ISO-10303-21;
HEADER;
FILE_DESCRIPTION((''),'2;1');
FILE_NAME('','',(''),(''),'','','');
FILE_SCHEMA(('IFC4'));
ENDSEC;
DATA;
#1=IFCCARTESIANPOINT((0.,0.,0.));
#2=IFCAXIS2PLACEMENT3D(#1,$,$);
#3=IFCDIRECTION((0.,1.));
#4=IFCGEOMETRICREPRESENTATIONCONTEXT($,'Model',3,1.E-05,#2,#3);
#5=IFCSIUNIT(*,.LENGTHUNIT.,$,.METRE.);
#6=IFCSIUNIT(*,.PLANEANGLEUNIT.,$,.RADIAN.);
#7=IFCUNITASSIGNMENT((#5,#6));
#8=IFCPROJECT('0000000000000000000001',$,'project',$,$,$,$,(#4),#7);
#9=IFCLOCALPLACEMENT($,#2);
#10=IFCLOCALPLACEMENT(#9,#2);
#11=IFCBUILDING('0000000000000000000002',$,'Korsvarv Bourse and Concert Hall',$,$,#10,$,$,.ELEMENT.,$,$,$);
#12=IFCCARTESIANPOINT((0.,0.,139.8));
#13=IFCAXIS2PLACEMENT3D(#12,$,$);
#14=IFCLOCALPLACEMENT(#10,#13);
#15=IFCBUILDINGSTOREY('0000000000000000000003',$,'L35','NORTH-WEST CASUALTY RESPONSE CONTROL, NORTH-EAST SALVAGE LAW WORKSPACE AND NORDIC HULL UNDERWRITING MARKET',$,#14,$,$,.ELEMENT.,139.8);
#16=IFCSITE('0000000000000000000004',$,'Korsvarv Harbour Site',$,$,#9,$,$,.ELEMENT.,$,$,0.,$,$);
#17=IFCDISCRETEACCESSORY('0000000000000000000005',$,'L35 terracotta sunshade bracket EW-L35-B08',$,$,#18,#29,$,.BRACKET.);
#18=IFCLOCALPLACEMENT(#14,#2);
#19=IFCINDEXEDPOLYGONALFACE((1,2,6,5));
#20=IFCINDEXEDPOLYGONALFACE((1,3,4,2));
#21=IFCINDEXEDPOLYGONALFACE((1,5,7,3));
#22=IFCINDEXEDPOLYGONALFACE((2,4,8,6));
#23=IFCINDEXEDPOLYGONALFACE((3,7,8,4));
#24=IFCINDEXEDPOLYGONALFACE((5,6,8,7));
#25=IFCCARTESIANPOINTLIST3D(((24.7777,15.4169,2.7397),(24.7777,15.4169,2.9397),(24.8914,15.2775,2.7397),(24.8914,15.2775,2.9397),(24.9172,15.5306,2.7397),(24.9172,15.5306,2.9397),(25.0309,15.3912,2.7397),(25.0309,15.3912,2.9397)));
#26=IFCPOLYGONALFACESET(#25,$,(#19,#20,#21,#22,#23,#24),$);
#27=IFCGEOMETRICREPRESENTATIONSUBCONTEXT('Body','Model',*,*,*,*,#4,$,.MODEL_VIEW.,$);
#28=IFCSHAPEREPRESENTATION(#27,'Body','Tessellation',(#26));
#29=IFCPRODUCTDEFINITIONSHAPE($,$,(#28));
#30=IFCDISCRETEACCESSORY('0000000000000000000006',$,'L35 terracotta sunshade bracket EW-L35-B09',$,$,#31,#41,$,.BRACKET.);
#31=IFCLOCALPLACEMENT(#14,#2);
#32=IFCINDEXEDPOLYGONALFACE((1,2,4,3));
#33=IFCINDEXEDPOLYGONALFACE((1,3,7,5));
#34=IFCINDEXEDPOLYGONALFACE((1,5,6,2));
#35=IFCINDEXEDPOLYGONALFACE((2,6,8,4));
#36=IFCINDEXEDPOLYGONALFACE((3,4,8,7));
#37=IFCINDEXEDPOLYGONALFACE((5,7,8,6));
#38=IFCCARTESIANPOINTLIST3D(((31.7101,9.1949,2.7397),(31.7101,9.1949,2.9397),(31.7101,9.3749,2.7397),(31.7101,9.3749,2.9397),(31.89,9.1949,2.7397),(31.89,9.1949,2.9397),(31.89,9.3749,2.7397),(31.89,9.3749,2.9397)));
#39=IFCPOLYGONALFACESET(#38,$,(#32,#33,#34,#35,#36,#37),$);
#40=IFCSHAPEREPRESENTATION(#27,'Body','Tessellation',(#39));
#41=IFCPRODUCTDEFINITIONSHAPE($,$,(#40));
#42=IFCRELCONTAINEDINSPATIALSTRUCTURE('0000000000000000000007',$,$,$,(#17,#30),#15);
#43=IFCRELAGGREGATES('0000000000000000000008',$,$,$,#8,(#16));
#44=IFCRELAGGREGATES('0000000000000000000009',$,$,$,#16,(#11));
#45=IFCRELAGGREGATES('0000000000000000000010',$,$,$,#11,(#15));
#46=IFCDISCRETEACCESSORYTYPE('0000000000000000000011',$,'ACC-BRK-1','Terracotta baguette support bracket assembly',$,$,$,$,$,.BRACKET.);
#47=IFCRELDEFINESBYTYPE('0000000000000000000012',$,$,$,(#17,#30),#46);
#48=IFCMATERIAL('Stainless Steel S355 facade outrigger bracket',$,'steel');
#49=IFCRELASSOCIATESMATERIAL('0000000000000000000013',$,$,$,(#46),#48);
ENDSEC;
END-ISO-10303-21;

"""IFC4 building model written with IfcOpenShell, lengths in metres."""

from ifc_helpers import new_model, si_unit, direction, frame, origin, origin_2d, place, context, subcontext, project, spatial, rectangle, extrude, source, transform, mapped, material, type_object, element, save


model = new_model("IFC4")

# Units and contexts
model_context = context("Model", 3, precision=1e-05, world=origin(), true_north=direction((0.0, 1.0)))
body_context = subcontext(model_context, "Body", "Model", "MODEL_VIEW")
ifc_project = project(units=[si_unit("LENGTHUNIT", "METRE"), si_unit("PLANEANGLEUNIT", "RADIAN")], contexts=[model_context])

# Site, building, storey
site_placement = place(None, origin())
site = spatial("IfcSite", under=ifc_project, at=site_placement, Name="Korsvarv Harbour Site", CompositionType="ELEMENT", RefElevation=0.0)
building_placement = place(site_placement, origin())
building = spatial("IfcBuilding", under=site, at=building_placement, Name="Korsvarv Bourse and Concert Hall", CompositionType="ELEMENT")
storey_placement = place(building_placement, frame((0.0, 0.0, 139.8)))
storey = spatial("IfcBuildingStorey", under=building, at=storey_placement, Name="L35", Description="NORTH-WEST CASUALTY RESPONSE CONTROL, NORTH-EAST SALVAGE LAW WORKSPACE AND NORDIC HULL UNDERWRITING MARKET", CompositionType="ELEMENT", Elevation=139.8)

# Discrete accessories
ifc_material_1 = material(Name="Stainless Steel S355 facade outrigger bracket", Category="steel")
discrete_accessory_type = type_object("IfcDiscreteAccessoryType", Name="ACC-BRK-1", Description="Terracotta baguette support bracket assembly", PredefinedType="BRACKET", material=ifc_material_1)
shared_shape_1 = source(origin(), body_context, "Body", "SweptSolid", [
    extrude(rectangle(XDim=0.1799, YDim=0.1799, at=origin_2d()), origin(), (0.0, 0.0, 1.0), 0.2),
])
for number, where, z_axis, x_axis, name in (
    (1, (24.9043, 15.4041, 2.7397), (0.0, 0.0, 1.0), (0.631894, -0.775055, 0.0), "L35 terracotta sunshade bracket EW-L35-B08"),
    (2, (31.8, 9.2849, 2.7397), (0.0, 0.0, 1.0), (1.0, 0.0, 0.0), "L35 terracotta sunshade bracket EW-L35-B09"),
):
    element("IfcDiscreteAccessory", number, at=place(storey_placement, frame(where, z_axis=z_axis, x_axis=x_axis)), inside=storey, type_object=discrete_accessory_type, Name=name, PredefinedType="BRACKET", context=body_context, shape_type="MappedRepresentation", body=[
        mapped(shared_shape_1, transform((0.0, 0.0, 0.0), scale=1.0)),
    ])

save(model, "model.ifc")
